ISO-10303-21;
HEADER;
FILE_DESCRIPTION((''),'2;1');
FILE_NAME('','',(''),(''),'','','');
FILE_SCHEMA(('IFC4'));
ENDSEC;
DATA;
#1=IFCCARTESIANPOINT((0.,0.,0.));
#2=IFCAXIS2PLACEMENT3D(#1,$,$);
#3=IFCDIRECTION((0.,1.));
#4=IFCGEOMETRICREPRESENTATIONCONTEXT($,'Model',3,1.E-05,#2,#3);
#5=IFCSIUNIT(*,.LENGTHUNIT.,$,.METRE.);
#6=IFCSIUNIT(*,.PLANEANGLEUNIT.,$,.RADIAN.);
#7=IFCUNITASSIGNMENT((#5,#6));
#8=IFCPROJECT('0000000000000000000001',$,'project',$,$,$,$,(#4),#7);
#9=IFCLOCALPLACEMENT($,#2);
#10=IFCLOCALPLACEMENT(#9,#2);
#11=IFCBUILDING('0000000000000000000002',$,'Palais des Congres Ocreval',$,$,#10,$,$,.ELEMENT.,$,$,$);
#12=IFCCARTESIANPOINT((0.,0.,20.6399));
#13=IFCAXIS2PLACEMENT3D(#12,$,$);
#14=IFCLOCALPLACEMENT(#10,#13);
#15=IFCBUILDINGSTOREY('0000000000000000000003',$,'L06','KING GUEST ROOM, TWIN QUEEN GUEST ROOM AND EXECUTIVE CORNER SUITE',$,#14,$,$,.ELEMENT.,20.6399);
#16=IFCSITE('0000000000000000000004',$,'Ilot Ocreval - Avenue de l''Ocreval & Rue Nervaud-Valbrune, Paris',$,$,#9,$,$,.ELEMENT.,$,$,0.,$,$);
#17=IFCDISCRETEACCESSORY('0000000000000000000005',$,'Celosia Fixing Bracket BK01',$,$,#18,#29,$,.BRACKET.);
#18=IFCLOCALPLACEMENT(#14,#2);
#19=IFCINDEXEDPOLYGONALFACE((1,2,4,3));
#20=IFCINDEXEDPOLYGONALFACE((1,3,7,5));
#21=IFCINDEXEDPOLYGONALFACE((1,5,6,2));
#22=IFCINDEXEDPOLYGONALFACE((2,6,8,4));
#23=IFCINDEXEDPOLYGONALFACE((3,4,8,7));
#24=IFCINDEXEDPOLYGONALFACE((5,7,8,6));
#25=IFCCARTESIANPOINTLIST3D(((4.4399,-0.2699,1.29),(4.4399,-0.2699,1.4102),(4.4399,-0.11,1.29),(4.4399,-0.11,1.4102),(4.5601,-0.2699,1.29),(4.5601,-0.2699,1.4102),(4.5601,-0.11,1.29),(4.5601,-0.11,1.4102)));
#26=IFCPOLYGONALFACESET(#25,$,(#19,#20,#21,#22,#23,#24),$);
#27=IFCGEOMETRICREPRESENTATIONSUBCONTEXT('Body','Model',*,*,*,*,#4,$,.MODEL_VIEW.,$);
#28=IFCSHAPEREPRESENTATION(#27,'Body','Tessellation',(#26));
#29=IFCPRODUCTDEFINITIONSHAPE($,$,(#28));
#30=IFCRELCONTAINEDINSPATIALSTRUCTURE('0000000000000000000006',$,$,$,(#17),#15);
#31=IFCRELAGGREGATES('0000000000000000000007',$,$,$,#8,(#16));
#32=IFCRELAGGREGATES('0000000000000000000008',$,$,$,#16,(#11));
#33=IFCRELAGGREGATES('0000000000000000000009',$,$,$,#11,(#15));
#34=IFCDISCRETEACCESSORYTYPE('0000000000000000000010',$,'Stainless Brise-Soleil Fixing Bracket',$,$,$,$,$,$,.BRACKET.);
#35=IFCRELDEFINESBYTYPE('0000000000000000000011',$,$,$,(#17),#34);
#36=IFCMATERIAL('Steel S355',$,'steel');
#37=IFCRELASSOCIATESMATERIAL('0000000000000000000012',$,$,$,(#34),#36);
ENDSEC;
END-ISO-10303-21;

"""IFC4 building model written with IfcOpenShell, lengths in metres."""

from ifc_helpers import new_model, si_unit, direction, frame, origin, origin_2d, place, context, subcontext, project, spatial, rectangle, extrude, material, type_object, element, save


model = new_model("IFC4")

# Units and contexts
model_context = context("Model", 3, precision=1e-05, world=origin(), true_north=direction((0.0, 1.0)))
body_context = subcontext(model_context, "Body", "Model", "MODEL_VIEW")
ifc_project = project(units=[si_unit("LENGTHUNIT", "METRE"), si_unit("PLANEANGLEUNIT", "RADIAN")], contexts=[model_context])

# Site, building, storey
site_placement = place(None, origin())
site = spatial("IfcSite", under=ifc_project, at=site_placement, Name="Ilot Ocreval - Avenue de l'Ocreval & Rue Nervaud-Valbrune, Paris", CompositionType="ELEMENT", RefElevation=0.0)
building_placement = place(site_placement, origin())
building = spatial("IfcBuilding", under=site, at=building_placement, Name="Palais des Congres Ocreval", CompositionType="ELEMENT")
storey_placement = place(building_placement, frame((0.0, 0.0, 20.6399)))
storey = spatial("IfcBuildingStorey", under=building, at=storey_placement, Name="L06", Description="KING GUEST ROOM, TWIN QUEEN GUEST ROOM AND EXECUTIVE CORNER SUITE", CompositionType="ELEMENT", Elevation=20.6399)

# Shared definitions
ifc_material_1 = material(Name="Steel S355", Category="steel")

# Discrete accessory
discrete_accessory_type = type_object("IfcDiscreteAccessoryType", Name="Stainless Brise-Soleil Fixing Bracket", PredefinedType="BRACKET", material=ifc_material_1)
for number, where, z_axis, x_axis, name in (
    (1, (4.5, -0.1899, 1.29), (0.0, 0.0, 1.0), (0.0, -1.0, 0.0), "Celosia Fixing Bracket BK01"),
):
    element("IfcDiscreteAccessory", number, at=place(storey_placement, frame(where, z_axis=z_axis, x_axis=x_axis)), inside=storey, type_object=discrete_accessory_type, Name=name, PredefinedType="BRACKET", context=body_context, shape_type="SweptSolid", body=[
        extrude(rectangle(XDim=0.1599, YDim=0.1201, at=origin_2d()), origin(), (0.0, 0.0, 1.0), 0.1201),
    ])

save(model, "model.ifc")
